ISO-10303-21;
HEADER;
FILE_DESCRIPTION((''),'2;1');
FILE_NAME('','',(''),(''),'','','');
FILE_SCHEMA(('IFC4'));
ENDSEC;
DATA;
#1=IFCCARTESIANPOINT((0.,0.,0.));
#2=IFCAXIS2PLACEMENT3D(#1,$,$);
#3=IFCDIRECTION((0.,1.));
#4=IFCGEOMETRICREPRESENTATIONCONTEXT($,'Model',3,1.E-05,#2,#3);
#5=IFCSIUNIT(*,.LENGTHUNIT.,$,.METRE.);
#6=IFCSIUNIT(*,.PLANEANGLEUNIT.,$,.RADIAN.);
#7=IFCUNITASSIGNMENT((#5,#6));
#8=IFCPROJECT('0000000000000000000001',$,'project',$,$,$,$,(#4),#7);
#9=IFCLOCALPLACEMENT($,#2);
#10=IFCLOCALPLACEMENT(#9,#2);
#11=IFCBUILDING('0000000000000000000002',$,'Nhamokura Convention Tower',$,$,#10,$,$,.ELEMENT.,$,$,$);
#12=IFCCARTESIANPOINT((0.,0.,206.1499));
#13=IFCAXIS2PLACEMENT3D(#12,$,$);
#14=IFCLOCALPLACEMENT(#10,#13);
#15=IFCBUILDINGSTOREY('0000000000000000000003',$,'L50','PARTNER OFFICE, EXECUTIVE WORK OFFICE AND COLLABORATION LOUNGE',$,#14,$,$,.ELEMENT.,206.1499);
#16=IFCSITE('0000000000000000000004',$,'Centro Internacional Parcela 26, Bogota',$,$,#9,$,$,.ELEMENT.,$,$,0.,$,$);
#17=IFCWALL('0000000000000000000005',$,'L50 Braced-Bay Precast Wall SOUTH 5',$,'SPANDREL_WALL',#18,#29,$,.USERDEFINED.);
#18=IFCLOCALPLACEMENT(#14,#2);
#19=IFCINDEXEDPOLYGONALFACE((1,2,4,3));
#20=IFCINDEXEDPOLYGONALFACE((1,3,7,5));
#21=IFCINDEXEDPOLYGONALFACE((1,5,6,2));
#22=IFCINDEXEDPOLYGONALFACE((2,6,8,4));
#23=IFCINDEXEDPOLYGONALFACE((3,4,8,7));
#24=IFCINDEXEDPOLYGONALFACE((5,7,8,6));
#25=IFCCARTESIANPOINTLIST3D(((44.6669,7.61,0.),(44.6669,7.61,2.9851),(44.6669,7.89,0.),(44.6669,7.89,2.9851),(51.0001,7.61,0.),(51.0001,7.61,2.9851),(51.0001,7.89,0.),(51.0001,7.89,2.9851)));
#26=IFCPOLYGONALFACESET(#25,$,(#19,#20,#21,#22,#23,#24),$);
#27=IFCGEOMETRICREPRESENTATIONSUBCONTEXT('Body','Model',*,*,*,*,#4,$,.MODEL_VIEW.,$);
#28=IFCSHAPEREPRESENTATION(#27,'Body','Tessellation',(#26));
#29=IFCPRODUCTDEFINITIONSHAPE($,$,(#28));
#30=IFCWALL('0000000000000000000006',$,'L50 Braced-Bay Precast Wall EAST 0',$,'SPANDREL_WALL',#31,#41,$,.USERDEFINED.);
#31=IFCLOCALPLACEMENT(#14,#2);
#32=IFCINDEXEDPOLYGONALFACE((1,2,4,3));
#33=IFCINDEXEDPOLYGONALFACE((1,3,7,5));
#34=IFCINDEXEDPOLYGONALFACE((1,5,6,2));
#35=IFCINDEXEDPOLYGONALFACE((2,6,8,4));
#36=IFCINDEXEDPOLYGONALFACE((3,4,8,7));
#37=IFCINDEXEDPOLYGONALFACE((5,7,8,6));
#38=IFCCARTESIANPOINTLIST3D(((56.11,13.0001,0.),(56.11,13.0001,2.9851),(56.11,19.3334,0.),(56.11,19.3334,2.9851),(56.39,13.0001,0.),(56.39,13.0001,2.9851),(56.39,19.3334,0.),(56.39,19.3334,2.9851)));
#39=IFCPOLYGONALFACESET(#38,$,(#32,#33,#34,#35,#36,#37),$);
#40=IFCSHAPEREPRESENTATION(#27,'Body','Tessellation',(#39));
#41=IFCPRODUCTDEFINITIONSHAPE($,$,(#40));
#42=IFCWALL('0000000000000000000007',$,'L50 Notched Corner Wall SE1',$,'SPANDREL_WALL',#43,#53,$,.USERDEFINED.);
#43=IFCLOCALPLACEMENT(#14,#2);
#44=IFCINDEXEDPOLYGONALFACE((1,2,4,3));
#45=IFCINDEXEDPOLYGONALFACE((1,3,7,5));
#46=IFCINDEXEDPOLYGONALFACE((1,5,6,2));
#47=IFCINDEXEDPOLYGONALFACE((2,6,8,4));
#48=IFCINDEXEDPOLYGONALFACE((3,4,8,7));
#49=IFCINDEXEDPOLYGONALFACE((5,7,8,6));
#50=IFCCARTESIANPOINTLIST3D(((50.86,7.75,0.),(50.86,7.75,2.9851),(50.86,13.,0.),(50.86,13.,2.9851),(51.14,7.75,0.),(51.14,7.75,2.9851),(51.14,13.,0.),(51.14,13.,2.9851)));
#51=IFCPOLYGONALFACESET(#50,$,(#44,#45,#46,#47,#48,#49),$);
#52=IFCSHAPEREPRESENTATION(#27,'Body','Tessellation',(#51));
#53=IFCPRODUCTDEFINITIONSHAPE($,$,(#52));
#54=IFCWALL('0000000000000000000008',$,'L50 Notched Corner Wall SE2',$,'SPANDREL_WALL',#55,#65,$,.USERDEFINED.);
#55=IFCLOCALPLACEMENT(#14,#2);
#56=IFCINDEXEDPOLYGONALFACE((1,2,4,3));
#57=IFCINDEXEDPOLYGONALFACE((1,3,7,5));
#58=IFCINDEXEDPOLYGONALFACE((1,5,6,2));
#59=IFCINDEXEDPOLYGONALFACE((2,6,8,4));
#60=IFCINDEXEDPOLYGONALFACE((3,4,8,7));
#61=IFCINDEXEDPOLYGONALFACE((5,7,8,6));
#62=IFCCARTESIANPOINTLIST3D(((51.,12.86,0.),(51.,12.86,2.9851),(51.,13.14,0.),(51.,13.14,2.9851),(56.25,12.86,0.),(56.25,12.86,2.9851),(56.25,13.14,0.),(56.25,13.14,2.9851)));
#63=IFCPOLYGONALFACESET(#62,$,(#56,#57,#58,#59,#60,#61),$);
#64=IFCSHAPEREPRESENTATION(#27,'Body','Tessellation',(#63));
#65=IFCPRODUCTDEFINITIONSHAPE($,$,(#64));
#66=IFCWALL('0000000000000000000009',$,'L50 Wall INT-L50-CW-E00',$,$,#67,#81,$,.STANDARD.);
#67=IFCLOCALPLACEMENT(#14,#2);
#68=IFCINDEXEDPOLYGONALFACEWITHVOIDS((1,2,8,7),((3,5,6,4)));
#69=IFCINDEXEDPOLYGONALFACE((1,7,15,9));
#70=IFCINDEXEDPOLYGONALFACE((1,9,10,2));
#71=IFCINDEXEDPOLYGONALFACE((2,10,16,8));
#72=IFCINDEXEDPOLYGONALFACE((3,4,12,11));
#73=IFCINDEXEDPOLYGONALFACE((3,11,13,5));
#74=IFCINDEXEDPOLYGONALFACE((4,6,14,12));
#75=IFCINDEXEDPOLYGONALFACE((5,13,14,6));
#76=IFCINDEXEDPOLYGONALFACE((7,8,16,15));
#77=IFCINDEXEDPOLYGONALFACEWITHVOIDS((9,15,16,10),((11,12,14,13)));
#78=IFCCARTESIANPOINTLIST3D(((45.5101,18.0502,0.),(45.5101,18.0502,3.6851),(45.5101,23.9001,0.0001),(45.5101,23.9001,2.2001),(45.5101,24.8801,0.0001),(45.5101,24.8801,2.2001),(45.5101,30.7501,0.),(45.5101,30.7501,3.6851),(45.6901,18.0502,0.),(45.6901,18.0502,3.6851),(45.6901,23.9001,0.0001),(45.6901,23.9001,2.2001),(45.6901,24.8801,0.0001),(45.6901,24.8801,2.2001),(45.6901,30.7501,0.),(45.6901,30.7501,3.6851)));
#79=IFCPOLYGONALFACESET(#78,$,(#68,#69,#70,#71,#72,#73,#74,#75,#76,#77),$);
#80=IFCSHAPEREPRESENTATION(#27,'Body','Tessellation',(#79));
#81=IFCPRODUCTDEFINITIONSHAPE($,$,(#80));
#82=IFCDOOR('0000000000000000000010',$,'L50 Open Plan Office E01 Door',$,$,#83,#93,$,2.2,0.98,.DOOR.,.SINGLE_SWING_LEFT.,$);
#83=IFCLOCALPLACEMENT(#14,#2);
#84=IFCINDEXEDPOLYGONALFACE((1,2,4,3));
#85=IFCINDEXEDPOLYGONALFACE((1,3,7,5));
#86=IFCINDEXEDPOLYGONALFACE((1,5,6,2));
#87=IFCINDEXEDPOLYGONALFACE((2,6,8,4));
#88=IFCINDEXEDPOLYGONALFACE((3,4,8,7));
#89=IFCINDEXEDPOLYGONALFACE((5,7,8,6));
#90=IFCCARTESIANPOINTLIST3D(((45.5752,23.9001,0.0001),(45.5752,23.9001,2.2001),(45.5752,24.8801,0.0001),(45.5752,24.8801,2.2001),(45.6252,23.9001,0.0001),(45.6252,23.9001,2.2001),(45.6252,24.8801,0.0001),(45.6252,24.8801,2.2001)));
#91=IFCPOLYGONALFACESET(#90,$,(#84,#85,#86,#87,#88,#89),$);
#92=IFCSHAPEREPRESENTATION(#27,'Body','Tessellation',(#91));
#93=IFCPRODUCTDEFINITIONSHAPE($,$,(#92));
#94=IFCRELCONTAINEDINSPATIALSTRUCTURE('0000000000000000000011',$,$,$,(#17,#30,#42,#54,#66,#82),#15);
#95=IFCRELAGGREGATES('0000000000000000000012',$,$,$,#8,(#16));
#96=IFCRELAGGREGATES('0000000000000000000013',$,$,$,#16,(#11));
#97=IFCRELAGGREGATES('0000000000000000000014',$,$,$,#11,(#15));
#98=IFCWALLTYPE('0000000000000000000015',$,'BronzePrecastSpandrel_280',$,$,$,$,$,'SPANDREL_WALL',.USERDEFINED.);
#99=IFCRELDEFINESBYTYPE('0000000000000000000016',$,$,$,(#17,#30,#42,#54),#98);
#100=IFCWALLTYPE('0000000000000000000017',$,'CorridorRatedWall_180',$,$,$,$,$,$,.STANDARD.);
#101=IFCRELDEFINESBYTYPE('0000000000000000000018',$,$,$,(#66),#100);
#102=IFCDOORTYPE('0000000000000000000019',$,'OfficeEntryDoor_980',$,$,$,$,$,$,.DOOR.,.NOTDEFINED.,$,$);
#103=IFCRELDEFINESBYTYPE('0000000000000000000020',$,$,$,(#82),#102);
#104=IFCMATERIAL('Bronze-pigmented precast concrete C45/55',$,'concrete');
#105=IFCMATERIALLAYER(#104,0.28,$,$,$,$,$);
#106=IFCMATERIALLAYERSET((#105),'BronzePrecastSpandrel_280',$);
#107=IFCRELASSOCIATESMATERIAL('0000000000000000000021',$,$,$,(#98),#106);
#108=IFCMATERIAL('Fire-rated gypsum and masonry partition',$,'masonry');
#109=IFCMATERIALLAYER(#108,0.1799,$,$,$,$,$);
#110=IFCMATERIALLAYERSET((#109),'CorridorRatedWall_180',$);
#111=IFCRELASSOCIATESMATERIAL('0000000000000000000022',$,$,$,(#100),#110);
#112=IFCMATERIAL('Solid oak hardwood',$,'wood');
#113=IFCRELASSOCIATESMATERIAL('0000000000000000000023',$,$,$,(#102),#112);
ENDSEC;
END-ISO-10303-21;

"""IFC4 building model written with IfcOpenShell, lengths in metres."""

from ifc_helpers import new_model, si_unit, direction, frame, frame_2d, origin, place, context, subcontext, project, spatial, rectangle, extrude, material, layer, layer_set, type_object, element, fill, save


model = new_model("IFC4")

# Units and contexts
model_context = context("Model", 3, precision=1e-05, world=origin(), true_north=direction((0.0, 1.0)))
body_context = subcontext(model_context, "Body", "Model", "MODEL_VIEW")
ifc_project = project(units=[si_unit("LENGTHUNIT", "METRE"), si_unit("PLANEANGLEUNIT", "RADIAN")], contexts=[model_context])

# Site, building, storey
site_placement = place(None, origin())
site = spatial("IfcSite", under=ifc_project, at=site_placement, Name="Centro Internacional Parcela 26, Bogota", CompositionType="ELEMENT", RefElevation=0.0)
building_placement = place(site_placement, origin())
building = spatial("IfcBuilding", under=site, at=building_placement, Name="Nhamokura Convention Tower", CompositionType="ELEMENT")
storey_placement = place(building_placement, frame((0.0, 0.0, 206.1499)))
storey = spatial("IfcBuildingStorey", under=building, at=storey_placement, Name="L50", Description="PARTNER OFFICE, EXECUTIVE WORK OFFICE AND COLLABORATION LOUNGE", CompositionType="ELEMENT", Elevation=206.1499)

# Walls
ifc_material_1 = material(Name="Bronze-pigmented precast concrete C45/55", Category="concrete")
ifc_layer_1 = layer(ifc_material_1, 0.28)
ifc_layer_set_1 = layer_set([ifc_layer_1], Name="BronzePrecastSpandrel_280")
wall_type_1 = type_object("IfcWallType", Name="BronzePrecastSpandrel_280", ElementType="SPANDREL_WALL", PredefinedType="USERDEFINED", material=ifc_layer_set_1)
for number, where, z_axis, x_axis, name in (
    (1, (51.0, 7.75, 0.0), (0.0, 0.0, 1.0), (-1.0, 0.0, 0.0), "L50 Braced-Bay Precast Wall SOUTH 5"),
    (2, (56.25, 19.3333, 0.0), (0.0, 0.0, 1.0), (0.0, -1.0, 0.0), "L50 Braced-Bay Precast Wall EAST 0"),
):
    element("IfcWall", number, at=place(storey_placement, frame(where, z_axis=z_axis, x_axis=x_axis)), inside=storey, type_object=wall_type_1, Name=name, ObjectType="SPANDREL_WALL", PredefinedType="USERDEFINED", context=body_context, shape_type="SweptSolid", body=[
        extrude(rectangle(XDim=6.3333, YDim=0.28, at=frame_2d((3.1665, 0.0))), origin(), (0.0, 0.0, 1.0), 2.9851),
    ])
for number, where, z_axis, x_axis, name in (
    (3, (51.0, 13.0, 0.0), (0.0, 0.0, 1.0), (0.0, -1.0, 0.0), "L50 Notched Corner Wall SE1"),
    (4, (56.25, 13.0, 0.0), (0.0, 0.0, 1.0), (-1.0, 0.0, 0.0), "L50 Notched Corner Wall SE2"),
):
    element("IfcWall", number, at=place(storey_placement, frame(where, z_axis=z_axis, x_axis=x_axis)), inside=storey, type_object=wall_type_1, Name=name, ObjectType="SPANDREL_WALL", PredefinedType="USERDEFINED", context=body_context, shape_type="SweptSolid", body=[
        extrude(rectangle(XDim=5.25, YDim=0.28, at=frame_2d((2.625, 0.0))), origin(), (0.0, 0.0, 1.0), 2.9851),
    ])

# Wall, opening, door
ifc_material_2 = material(Name="Fire-rated gypsum and masonry partition", Category="masonry")
ifc_layer_2 = layer(ifc_material_2, 0.1799)
ifc_layer_set_2 = layer_set([ifc_layer_2], Name="CorridorRatedWall_180")
wall_type_2 = type_object("IfcWallType", Name="CorridorRatedWall_180", PredefinedType="STANDARD", material=ifc_layer_set_2)
wall_1_placement = place(storey_placement, frame((45.6001, 18.05, 0.0), z_axis=(0.0, 0.0, 1.0), x_axis=(0.0, 1.0, 0.0)))
wall_1 = element("IfcWall", 5, at=wall_1_placement, inside=storey, type_object=wall_type_2, Name="L50 Wall INT-L50-CW-E00", PredefinedType="STANDARD", context=body_context, shape_type="SweptSolid", body=[
    extrude(rectangle(XDim=12.7, YDim=0.1799, at=frame_2d((6.3501, 0.0))), origin(), (0.0, 0.0, 1.0), 3.6851),
])
opening_placement = place(wall_1_placement, frame((5.8501, 0.0, 0.0)))
opening = element("IfcOpeningElement", 6, at=opening_placement, cuts=wall_1, PredefinedType="OPENING", context=body_context, shape_type="SweptSolid", body=[
    extrude(rectangle(XDim=0.98, YDim=2.2, at=frame_2d((0.49, 1.1001))), frame((0.0, 0.0999, 0.0), z_axis=(0.0, -1.0, 0.0), x_axis=(1.0, 0.0, 0.0)), (0.0, 0.0, 1.0), 0.2),
])
ifc_material_3 = material(Name="Solid oak hardwood", Category="wood")
door_type = type_object("IfcDoorType", Name="OfficeEntryDoor_980", OperationType="NOTDEFINED", PredefinedType="DOOR", material=ifc_material_3)
door_placement = place(opening_placement, origin())
door = element("IfcDoor", 7, at=door_placement, inside=storey, type_object=door_type, Name="L50 Open Plan Office E01 Door", OperationType="SINGLE_SWING_LEFT", OverallHeight=2.2, OverallWidth=0.98, PredefinedType="DOOR", context=body_context, shape_type="SweptSolid", body=[
    extrude(rectangle(XDim=0.98, YDim=2.2, at=frame_2d((0.49, 1.1001))), frame((0.0, 0.0249, 0.0), z_axis=(0.0, -1.0, 0.0), x_axis=(1.0, 0.0, 0.0)), (0.0, 0.0, 1.0), 0.05),
])
fill(opening, door)

save(model, "model.ifc")
